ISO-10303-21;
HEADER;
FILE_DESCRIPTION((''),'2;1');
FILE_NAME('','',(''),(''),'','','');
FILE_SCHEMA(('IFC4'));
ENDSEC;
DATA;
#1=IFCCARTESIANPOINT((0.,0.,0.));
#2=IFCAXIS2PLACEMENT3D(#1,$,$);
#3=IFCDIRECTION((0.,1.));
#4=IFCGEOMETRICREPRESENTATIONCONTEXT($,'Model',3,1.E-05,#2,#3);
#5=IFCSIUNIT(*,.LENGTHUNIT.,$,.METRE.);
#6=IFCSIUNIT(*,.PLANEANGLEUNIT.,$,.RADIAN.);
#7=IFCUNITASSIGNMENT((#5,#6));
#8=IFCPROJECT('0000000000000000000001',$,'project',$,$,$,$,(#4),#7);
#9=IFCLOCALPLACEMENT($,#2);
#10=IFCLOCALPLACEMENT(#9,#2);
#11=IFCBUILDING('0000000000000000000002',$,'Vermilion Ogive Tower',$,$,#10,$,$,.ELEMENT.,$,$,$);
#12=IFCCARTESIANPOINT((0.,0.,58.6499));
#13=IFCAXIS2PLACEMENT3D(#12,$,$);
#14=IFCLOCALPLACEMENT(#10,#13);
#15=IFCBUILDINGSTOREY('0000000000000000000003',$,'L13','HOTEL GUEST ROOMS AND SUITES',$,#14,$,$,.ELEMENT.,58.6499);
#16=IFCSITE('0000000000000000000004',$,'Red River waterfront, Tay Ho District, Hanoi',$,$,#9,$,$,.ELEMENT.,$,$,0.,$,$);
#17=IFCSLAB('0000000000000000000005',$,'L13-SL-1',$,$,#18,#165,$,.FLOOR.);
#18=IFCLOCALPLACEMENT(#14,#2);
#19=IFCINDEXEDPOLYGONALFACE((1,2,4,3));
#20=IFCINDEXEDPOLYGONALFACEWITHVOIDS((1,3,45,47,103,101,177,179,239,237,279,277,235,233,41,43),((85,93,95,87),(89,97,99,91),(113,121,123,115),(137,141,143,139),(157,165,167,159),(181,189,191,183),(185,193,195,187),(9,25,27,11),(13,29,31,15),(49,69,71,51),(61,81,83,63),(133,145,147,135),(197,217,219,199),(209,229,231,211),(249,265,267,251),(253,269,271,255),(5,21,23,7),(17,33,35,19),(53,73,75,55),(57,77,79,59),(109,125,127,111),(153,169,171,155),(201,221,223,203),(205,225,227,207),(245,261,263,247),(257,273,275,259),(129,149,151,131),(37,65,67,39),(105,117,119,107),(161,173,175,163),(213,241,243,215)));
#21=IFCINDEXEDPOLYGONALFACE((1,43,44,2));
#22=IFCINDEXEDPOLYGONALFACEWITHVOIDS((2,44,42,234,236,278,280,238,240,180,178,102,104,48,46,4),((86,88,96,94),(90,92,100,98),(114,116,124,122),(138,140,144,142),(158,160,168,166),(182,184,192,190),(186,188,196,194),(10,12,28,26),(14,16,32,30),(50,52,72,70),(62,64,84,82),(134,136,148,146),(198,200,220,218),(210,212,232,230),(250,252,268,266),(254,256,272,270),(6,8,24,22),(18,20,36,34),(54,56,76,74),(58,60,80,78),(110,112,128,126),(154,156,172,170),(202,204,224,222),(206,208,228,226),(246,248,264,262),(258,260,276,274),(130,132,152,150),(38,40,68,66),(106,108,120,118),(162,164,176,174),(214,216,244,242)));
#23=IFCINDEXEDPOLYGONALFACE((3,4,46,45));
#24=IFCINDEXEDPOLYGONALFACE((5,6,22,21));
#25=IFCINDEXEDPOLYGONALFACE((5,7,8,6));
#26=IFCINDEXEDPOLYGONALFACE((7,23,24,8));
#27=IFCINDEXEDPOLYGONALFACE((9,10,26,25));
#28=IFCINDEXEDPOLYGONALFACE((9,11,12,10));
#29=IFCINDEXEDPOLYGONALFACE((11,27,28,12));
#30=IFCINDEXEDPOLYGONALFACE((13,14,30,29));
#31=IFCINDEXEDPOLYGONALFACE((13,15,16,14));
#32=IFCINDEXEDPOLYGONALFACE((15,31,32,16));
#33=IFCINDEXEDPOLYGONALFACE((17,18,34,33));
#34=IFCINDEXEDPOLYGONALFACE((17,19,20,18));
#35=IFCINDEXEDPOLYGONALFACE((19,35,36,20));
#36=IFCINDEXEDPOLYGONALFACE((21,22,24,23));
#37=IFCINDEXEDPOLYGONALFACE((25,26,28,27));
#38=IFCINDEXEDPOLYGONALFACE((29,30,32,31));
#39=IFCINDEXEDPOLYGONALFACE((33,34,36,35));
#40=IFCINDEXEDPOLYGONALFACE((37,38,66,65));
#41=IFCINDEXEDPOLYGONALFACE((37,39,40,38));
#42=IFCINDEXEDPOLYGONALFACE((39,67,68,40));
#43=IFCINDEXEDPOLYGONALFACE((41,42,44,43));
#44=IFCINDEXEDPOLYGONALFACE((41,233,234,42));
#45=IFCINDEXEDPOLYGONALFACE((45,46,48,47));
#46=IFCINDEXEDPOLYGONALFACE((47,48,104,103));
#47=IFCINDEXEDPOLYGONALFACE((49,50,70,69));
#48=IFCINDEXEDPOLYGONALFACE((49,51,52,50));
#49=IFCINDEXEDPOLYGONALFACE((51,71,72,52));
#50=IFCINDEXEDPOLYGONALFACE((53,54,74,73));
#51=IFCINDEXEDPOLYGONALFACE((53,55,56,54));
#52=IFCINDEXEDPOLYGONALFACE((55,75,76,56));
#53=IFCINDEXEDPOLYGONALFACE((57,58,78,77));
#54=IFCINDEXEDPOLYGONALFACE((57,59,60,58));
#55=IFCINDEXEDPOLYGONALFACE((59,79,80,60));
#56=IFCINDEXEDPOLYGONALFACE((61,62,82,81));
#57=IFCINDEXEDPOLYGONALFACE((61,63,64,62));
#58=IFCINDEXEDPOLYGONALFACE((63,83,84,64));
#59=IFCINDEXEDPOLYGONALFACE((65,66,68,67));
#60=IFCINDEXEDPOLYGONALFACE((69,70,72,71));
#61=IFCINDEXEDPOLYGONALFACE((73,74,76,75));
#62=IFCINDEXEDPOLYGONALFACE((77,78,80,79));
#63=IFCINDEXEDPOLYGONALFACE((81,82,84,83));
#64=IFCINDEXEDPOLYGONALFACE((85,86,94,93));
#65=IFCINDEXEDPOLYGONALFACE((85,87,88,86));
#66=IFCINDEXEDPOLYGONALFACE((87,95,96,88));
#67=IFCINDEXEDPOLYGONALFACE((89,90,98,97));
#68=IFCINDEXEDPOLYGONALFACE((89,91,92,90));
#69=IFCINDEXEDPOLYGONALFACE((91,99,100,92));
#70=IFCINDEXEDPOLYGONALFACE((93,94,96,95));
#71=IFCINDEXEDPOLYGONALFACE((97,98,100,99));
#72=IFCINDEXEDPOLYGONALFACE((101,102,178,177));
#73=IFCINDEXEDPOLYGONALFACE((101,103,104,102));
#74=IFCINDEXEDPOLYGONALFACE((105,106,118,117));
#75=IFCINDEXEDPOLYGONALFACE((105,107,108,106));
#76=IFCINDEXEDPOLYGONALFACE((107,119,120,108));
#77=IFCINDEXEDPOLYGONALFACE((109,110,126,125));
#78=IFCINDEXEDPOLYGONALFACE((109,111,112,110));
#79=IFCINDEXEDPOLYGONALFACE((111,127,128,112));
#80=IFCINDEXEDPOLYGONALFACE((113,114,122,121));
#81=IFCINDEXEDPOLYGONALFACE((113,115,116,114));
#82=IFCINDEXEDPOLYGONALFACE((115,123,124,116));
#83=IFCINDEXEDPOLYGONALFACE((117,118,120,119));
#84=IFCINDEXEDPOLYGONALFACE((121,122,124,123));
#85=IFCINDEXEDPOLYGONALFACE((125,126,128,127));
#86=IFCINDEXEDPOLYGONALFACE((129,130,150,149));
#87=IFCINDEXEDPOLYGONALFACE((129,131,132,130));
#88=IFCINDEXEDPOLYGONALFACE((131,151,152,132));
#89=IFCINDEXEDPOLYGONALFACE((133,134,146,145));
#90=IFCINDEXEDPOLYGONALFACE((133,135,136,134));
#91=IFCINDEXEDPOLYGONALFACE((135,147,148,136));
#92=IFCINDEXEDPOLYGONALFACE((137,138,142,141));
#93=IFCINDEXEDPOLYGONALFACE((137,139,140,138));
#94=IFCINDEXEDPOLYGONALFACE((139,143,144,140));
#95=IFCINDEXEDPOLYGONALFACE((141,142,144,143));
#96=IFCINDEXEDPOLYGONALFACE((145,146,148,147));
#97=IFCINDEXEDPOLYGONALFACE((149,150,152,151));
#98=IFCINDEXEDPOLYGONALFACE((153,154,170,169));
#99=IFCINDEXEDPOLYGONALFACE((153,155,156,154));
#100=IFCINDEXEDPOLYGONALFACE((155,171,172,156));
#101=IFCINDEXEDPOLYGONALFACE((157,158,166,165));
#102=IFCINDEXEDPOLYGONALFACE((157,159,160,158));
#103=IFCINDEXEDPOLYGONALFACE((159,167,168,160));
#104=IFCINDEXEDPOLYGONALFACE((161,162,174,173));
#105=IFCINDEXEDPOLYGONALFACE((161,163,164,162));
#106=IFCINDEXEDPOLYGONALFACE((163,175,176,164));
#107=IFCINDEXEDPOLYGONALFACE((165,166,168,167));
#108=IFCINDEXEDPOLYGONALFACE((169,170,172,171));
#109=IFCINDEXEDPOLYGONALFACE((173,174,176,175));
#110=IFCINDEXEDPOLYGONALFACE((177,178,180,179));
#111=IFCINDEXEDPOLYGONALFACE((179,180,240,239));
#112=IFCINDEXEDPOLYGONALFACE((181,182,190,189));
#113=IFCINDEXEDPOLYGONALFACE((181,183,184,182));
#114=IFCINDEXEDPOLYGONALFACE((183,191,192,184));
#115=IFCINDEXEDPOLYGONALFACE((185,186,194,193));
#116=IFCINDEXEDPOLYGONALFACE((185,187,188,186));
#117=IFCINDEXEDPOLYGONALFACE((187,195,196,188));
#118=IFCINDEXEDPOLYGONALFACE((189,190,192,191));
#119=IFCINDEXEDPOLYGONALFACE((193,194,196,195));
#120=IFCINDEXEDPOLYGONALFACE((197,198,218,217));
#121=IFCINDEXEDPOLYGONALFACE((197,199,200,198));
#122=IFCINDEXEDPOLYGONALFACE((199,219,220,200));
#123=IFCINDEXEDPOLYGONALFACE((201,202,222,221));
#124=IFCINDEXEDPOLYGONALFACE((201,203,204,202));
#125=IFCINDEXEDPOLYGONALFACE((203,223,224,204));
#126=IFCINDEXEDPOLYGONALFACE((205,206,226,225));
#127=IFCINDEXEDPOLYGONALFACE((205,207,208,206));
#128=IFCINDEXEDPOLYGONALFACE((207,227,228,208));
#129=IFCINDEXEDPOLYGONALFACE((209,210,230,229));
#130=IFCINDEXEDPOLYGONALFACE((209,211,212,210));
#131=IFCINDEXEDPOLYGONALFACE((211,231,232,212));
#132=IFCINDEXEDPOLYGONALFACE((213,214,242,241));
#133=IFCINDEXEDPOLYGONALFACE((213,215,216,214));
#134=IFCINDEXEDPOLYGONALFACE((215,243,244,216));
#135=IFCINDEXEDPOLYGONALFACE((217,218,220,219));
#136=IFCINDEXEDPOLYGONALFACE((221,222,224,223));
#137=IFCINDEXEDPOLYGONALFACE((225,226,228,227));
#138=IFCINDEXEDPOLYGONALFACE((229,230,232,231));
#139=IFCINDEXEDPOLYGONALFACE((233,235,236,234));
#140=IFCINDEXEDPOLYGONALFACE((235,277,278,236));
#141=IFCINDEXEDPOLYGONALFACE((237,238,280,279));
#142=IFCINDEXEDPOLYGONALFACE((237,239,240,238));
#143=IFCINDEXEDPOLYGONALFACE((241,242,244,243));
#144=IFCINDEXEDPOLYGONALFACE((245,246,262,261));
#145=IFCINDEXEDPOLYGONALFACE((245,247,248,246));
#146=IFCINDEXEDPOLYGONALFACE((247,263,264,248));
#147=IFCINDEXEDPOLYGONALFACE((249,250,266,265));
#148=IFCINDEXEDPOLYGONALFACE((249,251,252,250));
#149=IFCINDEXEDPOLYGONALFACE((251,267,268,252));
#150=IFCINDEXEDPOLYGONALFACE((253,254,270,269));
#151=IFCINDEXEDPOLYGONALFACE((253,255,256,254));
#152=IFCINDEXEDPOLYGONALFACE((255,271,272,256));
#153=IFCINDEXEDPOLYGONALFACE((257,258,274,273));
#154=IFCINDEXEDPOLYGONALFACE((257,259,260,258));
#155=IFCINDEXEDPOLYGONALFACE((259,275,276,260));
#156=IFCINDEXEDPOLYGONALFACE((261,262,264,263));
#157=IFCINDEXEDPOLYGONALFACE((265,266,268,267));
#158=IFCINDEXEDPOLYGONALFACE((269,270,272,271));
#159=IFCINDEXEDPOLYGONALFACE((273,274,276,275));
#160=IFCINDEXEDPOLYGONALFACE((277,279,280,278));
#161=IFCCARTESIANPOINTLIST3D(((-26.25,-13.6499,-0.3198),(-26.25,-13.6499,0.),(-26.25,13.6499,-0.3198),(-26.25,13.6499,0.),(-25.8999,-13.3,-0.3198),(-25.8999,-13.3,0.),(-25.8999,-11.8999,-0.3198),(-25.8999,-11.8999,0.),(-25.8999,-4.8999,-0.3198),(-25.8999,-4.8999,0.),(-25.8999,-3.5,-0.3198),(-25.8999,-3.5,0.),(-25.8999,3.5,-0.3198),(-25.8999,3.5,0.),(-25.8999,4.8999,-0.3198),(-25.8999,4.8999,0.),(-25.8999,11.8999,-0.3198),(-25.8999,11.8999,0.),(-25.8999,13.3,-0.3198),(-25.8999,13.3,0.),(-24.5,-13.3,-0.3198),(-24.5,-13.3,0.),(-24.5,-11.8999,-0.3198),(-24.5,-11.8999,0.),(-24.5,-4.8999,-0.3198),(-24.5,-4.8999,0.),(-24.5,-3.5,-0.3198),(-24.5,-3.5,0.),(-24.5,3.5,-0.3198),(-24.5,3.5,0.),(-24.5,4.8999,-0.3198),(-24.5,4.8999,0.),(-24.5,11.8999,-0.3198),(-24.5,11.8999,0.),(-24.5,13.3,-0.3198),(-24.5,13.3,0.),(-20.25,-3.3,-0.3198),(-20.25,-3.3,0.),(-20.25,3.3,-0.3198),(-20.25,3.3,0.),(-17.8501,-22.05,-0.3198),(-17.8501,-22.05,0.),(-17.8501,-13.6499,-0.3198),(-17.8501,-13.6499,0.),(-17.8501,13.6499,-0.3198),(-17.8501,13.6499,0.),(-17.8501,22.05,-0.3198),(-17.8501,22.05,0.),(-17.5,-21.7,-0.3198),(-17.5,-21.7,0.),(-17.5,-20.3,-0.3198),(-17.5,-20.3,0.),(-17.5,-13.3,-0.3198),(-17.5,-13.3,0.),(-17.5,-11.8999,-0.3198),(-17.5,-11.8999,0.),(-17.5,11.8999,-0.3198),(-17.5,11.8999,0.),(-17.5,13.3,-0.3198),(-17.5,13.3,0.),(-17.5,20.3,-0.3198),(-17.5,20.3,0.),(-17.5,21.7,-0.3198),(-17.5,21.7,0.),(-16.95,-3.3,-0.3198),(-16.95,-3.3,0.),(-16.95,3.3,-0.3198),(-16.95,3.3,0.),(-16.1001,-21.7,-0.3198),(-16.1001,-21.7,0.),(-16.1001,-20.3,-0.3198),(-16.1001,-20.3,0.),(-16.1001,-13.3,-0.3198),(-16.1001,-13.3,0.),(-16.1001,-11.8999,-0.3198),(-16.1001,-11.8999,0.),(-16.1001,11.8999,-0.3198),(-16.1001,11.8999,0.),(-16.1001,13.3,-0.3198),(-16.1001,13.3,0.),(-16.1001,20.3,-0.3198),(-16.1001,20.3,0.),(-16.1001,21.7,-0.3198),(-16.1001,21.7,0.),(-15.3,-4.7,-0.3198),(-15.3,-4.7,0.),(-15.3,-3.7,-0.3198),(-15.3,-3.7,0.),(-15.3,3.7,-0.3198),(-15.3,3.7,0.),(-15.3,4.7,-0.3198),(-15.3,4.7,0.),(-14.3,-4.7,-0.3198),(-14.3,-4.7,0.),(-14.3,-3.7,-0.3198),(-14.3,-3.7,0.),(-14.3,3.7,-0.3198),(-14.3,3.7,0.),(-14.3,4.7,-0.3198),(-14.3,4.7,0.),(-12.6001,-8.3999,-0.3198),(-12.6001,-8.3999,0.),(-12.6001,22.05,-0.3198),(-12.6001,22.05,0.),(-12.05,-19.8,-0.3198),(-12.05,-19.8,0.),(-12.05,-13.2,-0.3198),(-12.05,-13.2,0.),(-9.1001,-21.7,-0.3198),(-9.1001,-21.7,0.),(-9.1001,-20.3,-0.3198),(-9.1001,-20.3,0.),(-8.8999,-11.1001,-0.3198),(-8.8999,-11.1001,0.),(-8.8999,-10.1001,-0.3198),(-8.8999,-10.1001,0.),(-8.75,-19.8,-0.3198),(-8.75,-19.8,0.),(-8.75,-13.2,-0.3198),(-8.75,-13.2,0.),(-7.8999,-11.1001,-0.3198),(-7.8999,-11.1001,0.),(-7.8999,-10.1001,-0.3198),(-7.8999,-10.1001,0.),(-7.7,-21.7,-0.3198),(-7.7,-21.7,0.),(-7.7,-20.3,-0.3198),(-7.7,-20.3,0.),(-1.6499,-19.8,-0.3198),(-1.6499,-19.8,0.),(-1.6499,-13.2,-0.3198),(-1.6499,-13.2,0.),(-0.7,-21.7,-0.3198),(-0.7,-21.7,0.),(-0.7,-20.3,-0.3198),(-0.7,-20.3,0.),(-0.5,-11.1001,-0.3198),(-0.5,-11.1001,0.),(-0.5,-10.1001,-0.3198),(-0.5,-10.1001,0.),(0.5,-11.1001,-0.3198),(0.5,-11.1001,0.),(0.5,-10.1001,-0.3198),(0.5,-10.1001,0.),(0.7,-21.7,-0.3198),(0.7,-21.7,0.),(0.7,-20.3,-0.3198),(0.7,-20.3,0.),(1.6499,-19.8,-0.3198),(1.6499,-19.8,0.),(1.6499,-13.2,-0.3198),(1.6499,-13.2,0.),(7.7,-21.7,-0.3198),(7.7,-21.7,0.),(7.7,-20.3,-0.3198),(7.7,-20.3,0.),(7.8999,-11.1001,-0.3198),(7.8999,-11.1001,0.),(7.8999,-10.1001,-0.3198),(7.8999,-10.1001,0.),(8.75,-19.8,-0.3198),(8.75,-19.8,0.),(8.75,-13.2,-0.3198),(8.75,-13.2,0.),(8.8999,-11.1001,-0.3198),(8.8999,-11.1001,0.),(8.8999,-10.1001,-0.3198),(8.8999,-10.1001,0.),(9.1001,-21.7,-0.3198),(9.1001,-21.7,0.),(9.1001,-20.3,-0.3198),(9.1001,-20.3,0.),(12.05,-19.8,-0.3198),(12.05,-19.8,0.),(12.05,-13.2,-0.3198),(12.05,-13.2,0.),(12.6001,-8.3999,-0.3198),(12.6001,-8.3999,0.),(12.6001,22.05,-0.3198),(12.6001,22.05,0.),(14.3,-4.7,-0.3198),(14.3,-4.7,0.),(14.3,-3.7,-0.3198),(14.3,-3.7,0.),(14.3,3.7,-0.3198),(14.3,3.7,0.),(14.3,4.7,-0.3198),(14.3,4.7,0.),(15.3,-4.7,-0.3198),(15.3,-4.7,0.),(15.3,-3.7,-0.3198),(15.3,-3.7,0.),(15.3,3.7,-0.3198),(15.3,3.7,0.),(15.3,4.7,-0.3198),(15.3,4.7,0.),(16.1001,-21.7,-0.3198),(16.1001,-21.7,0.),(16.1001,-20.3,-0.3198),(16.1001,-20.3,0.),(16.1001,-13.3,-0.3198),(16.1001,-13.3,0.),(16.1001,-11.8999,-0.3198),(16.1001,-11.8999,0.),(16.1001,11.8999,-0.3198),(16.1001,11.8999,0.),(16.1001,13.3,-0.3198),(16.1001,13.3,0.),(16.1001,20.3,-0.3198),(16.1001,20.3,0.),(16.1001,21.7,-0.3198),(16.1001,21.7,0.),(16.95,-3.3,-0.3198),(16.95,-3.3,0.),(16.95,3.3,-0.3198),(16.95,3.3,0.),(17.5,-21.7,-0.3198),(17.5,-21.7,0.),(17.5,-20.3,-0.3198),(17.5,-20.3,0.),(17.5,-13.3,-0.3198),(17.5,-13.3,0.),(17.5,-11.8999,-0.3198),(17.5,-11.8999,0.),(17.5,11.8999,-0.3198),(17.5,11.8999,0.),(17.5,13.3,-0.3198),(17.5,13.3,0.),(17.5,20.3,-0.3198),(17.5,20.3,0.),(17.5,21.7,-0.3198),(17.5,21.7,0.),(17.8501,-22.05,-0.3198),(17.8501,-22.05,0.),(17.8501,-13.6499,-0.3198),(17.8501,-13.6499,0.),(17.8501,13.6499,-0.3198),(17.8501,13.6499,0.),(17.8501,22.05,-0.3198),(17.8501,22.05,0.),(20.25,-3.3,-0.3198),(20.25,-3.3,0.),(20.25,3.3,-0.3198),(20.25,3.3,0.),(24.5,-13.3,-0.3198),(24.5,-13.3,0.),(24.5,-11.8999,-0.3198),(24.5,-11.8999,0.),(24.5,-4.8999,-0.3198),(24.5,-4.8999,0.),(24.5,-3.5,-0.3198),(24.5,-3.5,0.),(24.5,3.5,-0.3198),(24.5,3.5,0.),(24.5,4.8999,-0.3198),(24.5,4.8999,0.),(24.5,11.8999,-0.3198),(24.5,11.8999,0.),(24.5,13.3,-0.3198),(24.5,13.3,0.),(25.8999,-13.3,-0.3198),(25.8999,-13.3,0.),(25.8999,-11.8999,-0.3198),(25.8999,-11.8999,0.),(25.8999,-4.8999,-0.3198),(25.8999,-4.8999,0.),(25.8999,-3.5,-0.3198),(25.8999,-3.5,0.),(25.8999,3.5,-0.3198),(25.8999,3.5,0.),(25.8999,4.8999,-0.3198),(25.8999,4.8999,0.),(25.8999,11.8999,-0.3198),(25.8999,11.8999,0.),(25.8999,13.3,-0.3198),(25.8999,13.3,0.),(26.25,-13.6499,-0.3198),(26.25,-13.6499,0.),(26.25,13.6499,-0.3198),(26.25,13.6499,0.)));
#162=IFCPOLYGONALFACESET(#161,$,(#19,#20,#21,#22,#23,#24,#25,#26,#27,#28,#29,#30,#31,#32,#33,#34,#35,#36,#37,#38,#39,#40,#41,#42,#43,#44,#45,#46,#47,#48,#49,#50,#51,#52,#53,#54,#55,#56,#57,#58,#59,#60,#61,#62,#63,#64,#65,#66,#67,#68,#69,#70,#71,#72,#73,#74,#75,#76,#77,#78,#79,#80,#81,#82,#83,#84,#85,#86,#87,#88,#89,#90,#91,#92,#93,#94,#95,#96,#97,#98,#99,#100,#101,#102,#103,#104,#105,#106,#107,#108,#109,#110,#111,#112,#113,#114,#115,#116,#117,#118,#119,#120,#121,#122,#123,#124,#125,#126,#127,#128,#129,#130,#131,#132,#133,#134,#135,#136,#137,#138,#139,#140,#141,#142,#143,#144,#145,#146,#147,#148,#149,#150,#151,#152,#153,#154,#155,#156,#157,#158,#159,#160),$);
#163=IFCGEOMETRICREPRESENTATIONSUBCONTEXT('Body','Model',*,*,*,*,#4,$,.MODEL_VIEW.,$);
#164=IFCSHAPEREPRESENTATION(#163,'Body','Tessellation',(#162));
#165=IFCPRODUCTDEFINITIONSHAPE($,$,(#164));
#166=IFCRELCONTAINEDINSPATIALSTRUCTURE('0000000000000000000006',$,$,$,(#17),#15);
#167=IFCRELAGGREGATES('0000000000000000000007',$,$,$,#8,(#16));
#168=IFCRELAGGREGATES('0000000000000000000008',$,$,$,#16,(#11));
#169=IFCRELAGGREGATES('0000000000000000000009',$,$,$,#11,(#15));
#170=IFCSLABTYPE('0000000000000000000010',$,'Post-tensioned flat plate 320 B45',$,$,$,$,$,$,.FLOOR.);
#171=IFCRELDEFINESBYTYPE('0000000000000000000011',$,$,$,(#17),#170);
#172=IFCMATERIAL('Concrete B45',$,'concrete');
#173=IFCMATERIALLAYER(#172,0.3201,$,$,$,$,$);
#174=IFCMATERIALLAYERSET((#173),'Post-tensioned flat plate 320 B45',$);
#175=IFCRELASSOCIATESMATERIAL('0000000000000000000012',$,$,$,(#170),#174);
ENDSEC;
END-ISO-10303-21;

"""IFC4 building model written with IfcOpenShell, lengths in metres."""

from ifc_helpers import new_model, si_unit, direction, frame, origin, place, context, subcontext, project, spatial, polyline, outline, extrude, material, layer, layer_set, type_object, element, save


model = new_model("IFC4")

# Units and contexts
model_context = context("Model", 3, precision=1e-05, world=origin(), true_north=direction((0.0, 1.0)))
body_context = subcontext(model_context, "Body", "Model", "MODEL_VIEW")
ifc_project = project(units=[si_unit("LENGTHUNIT", "METRE"), si_unit("PLANEANGLEUNIT", "RADIAN")], contexts=[model_context])

# Site, building, storey
site_placement = place(None, origin())
site = spatial("IfcSite", under=ifc_project, at=site_placement, Name="Red River waterfront, Tay Ho District, Hanoi", CompositionType="ELEMENT", RefElevation=0.0)
building_placement = place(site_placement, origin())
building = spatial("IfcBuilding", under=site, at=building_placement, Name="Vermilion Ogive Tower", CompositionType="ELEMENT")
storey_placement = place(building_placement, frame((0.0, 0.0, 58.6499)))
storey = spatial("IfcBuildingStorey", under=building, at=storey_placement, Name="L13", Description="HOTEL GUEST ROOMS AND SUITES", CompositionType="ELEMENT", Elevation=58.6499)

# Slab
ifc_material_1 = material(Name="Concrete B45", Category="concrete")
ifc_layer_1 = layer(ifc_material_1, 0.3201)
ifc_layer_set_1 = layer_set([ifc_layer_1], Name="Post-tensioned flat plate 320 B45")
slab_type_1 = type_object("IfcSlabType", Name="Post-tensioned flat plate 320 B45", PredefinedType="FLOOR", material=ifc_layer_set_1)
slab_1_placement = place(storey_placement, frame((0.0, 0.0, -0.3198)))
element("IfcSlab", 1, at=slab_1_placement, inside=storey, type_object=slab_type_1, Name="L13-SL-1", PredefinedType="FLOOR", context=body_context, shape_type="SweptSolid", body=[
    extrude(outline(polyline([(-17.8501, -13.6499), (-26.25, -13.6499), (-26.25, 13.6499), (-17.8501, 13.6499), (-17.8501, 22.05), (-12.6001, 22.05), (-12.6001, -8.3999), (12.6001, -8.3999), (12.6001, 22.05), (17.8501, 22.05), (17.8501, 13.6499), (26.25, 13.6499), (26.25, -13.6499), (17.8501, -13.6499), (17.8501, -22.05), (-17.8501, -22.05), (-17.8501, -13.6499)]), holes=[polyline([(25.8999, -4.8999), (25.8999, -3.5), (24.5, -3.5), (24.5, -4.8999), (25.8999, -4.8999)]), polyline([(25.8999, -13.3), (25.8999, -11.8999), (24.5, -11.8999), (24.5, -13.3), (25.8999, -13.3)]), polyline([(24.5, 11.8999), (25.8999, 11.8999), (25.8999, 13.3), (24.5, 13.3), (24.5, 11.8999)]), polyline([(24.5, 3.5), (25.8999, 3.5), (25.8999, 4.8999), (24.5, 4.8999), (24.5, 3.5)]), polyline([(20.25, -3.3), (20.25, 3.3), (16.95, 3.3), (16.95, -3.3), (20.25, -3.3)]), polyline([(17.5, -13.3), (17.5, -11.8999), (16.1001, -11.8999), (16.1001, -13.3), (17.5, -13.3)]), polyline([(16.1001, 20.3), (17.5, 20.3), (17.5, 21.7), (16.1001, 21.7), (16.1001, 20.3)]), polyline([(17.5, -21.7), (17.5, -20.3), (16.1001, -20.3), (16.1001, -21.7), (17.5, -21.7)]), polyline([(17.5, 11.8999), (17.5, 13.3), (16.1001, 13.3), (16.1001, 11.8999), (17.5, 11.8999)]), polyline([(15.3, 3.7), (15.3, 4.7), (14.3, 4.7), (14.3, 3.7), (15.3, 3.7)]), polyline([(14.3, -4.7), (15.3, -4.7), (15.3, -3.7), (14.3, -3.7), (14.3, -4.7)]), polyline([(12.05, -19.8), (12.05, -13.2), (8.75, -13.2), (8.75, -19.8), (12.05, -19.8)]), polyline([(9.1001, -21.7), (9.1001, -20.3), (7.7, -20.3), (7.7, -21.7), (9.1001, -21.7)]), polyline([(7.8999, -11.1001), (8.8999, -11.1001), (8.8999, -10.1001), (7.8999, -10.1001), (7.8999, -11.1001)]), polyline([(1.6499, -19.8), (1.6499, -13.2), (-1.6499, -13.2), (-1.6499, -19.8), (1.6499, -19.8)]), polyline([(0.7, -21.7), (0.7, -20.3), (-0.7, -20.3), (-0.7, -21.7), (0.7, -21.7)]), polyline([(0.5, -11.1001), (0.5, -10.1001), (-0.5, -10.1001), (-0.5, -11.1001), (0.5, -11.1001)]), polyline([(-7.7, -21.7), (-7.7, -20.3), (-9.1001, -20.3), (-9.1001, -21.7), (-7.7, -21.7)]), polyline([(-7.8999, -11.1001), (-7.8999, -10.1001), (-8.8999, -10.1001), (-8.8999, -11.1001), (-7.8999, -11.1001)]), polyline([(-8.75, -19.8), (-8.75, -13.2), (-12.05, -13.2), (-12.05, -19.8), (-8.75, -19.8)]), polyline([(-14.3, 3.7), (-14.3, 4.7), (-15.3, 4.7), (-15.3, 3.7), (-14.3, 3.7)]), polyline([(-15.3, -4.7), (-14.3, -4.7), (-14.3, -3.7), (-15.3, -3.7), (-15.3, -4.7)]), polyline([(-16.1001, 11.8999), (-16.1001, 13.3), (-17.5, 13.3), (-17.5, 11.8999), (-16.1001, 11.8999)]), polyline([(-16.1001, -13.3), (-16.1001, -11.8999), (-17.5, -11.8999), (-17.5, -13.3), (-16.1001, -13.3)]), polyline([(-16.1001, -21.7), (-16.1001, -20.3), (-17.5, -20.3), (-17.5, -21.7), (-16.1001, -21.7)]), polyline([(-17.5, 20.3), (-16.1001, 20.3), (-16.1001, 21.7), (-17.5, 21.7), (-17.5, 20.3)]), polyline([(-16.95, -3.3), (-16.95, 3.3), (-20.25, 3.3), (-20.25, -3.3), (-16.95, -3.3)]), polyline([(-25.8999, 3.5), (-24.5, 3.5), (-24.5, 4.8999), (-25.8999, 4.8999), (-25.8999, 3.5)]), polyline([(-24.5, 11.8999), (-24.5, 13.3), (-25.8999, 13.3), (-25.8999, 11.8999), (-24.5, 11.8999)]), polyline([(-24.5, -4.8999), (-24.5, -3.5), (-25.8999, -3.5), (-25.8999, -4.8999), (-24.5, -4.8999)]), polyline([(-24.5, -13.3), (-24.5, -11.8999), (-25.8999, -11.8999), (-25.8999, -13.3), (-24.5, -13.3)])]), origin(), (0.0, 0.0, 1.0), 0.3198),
])

save(model, "model.ifc")
